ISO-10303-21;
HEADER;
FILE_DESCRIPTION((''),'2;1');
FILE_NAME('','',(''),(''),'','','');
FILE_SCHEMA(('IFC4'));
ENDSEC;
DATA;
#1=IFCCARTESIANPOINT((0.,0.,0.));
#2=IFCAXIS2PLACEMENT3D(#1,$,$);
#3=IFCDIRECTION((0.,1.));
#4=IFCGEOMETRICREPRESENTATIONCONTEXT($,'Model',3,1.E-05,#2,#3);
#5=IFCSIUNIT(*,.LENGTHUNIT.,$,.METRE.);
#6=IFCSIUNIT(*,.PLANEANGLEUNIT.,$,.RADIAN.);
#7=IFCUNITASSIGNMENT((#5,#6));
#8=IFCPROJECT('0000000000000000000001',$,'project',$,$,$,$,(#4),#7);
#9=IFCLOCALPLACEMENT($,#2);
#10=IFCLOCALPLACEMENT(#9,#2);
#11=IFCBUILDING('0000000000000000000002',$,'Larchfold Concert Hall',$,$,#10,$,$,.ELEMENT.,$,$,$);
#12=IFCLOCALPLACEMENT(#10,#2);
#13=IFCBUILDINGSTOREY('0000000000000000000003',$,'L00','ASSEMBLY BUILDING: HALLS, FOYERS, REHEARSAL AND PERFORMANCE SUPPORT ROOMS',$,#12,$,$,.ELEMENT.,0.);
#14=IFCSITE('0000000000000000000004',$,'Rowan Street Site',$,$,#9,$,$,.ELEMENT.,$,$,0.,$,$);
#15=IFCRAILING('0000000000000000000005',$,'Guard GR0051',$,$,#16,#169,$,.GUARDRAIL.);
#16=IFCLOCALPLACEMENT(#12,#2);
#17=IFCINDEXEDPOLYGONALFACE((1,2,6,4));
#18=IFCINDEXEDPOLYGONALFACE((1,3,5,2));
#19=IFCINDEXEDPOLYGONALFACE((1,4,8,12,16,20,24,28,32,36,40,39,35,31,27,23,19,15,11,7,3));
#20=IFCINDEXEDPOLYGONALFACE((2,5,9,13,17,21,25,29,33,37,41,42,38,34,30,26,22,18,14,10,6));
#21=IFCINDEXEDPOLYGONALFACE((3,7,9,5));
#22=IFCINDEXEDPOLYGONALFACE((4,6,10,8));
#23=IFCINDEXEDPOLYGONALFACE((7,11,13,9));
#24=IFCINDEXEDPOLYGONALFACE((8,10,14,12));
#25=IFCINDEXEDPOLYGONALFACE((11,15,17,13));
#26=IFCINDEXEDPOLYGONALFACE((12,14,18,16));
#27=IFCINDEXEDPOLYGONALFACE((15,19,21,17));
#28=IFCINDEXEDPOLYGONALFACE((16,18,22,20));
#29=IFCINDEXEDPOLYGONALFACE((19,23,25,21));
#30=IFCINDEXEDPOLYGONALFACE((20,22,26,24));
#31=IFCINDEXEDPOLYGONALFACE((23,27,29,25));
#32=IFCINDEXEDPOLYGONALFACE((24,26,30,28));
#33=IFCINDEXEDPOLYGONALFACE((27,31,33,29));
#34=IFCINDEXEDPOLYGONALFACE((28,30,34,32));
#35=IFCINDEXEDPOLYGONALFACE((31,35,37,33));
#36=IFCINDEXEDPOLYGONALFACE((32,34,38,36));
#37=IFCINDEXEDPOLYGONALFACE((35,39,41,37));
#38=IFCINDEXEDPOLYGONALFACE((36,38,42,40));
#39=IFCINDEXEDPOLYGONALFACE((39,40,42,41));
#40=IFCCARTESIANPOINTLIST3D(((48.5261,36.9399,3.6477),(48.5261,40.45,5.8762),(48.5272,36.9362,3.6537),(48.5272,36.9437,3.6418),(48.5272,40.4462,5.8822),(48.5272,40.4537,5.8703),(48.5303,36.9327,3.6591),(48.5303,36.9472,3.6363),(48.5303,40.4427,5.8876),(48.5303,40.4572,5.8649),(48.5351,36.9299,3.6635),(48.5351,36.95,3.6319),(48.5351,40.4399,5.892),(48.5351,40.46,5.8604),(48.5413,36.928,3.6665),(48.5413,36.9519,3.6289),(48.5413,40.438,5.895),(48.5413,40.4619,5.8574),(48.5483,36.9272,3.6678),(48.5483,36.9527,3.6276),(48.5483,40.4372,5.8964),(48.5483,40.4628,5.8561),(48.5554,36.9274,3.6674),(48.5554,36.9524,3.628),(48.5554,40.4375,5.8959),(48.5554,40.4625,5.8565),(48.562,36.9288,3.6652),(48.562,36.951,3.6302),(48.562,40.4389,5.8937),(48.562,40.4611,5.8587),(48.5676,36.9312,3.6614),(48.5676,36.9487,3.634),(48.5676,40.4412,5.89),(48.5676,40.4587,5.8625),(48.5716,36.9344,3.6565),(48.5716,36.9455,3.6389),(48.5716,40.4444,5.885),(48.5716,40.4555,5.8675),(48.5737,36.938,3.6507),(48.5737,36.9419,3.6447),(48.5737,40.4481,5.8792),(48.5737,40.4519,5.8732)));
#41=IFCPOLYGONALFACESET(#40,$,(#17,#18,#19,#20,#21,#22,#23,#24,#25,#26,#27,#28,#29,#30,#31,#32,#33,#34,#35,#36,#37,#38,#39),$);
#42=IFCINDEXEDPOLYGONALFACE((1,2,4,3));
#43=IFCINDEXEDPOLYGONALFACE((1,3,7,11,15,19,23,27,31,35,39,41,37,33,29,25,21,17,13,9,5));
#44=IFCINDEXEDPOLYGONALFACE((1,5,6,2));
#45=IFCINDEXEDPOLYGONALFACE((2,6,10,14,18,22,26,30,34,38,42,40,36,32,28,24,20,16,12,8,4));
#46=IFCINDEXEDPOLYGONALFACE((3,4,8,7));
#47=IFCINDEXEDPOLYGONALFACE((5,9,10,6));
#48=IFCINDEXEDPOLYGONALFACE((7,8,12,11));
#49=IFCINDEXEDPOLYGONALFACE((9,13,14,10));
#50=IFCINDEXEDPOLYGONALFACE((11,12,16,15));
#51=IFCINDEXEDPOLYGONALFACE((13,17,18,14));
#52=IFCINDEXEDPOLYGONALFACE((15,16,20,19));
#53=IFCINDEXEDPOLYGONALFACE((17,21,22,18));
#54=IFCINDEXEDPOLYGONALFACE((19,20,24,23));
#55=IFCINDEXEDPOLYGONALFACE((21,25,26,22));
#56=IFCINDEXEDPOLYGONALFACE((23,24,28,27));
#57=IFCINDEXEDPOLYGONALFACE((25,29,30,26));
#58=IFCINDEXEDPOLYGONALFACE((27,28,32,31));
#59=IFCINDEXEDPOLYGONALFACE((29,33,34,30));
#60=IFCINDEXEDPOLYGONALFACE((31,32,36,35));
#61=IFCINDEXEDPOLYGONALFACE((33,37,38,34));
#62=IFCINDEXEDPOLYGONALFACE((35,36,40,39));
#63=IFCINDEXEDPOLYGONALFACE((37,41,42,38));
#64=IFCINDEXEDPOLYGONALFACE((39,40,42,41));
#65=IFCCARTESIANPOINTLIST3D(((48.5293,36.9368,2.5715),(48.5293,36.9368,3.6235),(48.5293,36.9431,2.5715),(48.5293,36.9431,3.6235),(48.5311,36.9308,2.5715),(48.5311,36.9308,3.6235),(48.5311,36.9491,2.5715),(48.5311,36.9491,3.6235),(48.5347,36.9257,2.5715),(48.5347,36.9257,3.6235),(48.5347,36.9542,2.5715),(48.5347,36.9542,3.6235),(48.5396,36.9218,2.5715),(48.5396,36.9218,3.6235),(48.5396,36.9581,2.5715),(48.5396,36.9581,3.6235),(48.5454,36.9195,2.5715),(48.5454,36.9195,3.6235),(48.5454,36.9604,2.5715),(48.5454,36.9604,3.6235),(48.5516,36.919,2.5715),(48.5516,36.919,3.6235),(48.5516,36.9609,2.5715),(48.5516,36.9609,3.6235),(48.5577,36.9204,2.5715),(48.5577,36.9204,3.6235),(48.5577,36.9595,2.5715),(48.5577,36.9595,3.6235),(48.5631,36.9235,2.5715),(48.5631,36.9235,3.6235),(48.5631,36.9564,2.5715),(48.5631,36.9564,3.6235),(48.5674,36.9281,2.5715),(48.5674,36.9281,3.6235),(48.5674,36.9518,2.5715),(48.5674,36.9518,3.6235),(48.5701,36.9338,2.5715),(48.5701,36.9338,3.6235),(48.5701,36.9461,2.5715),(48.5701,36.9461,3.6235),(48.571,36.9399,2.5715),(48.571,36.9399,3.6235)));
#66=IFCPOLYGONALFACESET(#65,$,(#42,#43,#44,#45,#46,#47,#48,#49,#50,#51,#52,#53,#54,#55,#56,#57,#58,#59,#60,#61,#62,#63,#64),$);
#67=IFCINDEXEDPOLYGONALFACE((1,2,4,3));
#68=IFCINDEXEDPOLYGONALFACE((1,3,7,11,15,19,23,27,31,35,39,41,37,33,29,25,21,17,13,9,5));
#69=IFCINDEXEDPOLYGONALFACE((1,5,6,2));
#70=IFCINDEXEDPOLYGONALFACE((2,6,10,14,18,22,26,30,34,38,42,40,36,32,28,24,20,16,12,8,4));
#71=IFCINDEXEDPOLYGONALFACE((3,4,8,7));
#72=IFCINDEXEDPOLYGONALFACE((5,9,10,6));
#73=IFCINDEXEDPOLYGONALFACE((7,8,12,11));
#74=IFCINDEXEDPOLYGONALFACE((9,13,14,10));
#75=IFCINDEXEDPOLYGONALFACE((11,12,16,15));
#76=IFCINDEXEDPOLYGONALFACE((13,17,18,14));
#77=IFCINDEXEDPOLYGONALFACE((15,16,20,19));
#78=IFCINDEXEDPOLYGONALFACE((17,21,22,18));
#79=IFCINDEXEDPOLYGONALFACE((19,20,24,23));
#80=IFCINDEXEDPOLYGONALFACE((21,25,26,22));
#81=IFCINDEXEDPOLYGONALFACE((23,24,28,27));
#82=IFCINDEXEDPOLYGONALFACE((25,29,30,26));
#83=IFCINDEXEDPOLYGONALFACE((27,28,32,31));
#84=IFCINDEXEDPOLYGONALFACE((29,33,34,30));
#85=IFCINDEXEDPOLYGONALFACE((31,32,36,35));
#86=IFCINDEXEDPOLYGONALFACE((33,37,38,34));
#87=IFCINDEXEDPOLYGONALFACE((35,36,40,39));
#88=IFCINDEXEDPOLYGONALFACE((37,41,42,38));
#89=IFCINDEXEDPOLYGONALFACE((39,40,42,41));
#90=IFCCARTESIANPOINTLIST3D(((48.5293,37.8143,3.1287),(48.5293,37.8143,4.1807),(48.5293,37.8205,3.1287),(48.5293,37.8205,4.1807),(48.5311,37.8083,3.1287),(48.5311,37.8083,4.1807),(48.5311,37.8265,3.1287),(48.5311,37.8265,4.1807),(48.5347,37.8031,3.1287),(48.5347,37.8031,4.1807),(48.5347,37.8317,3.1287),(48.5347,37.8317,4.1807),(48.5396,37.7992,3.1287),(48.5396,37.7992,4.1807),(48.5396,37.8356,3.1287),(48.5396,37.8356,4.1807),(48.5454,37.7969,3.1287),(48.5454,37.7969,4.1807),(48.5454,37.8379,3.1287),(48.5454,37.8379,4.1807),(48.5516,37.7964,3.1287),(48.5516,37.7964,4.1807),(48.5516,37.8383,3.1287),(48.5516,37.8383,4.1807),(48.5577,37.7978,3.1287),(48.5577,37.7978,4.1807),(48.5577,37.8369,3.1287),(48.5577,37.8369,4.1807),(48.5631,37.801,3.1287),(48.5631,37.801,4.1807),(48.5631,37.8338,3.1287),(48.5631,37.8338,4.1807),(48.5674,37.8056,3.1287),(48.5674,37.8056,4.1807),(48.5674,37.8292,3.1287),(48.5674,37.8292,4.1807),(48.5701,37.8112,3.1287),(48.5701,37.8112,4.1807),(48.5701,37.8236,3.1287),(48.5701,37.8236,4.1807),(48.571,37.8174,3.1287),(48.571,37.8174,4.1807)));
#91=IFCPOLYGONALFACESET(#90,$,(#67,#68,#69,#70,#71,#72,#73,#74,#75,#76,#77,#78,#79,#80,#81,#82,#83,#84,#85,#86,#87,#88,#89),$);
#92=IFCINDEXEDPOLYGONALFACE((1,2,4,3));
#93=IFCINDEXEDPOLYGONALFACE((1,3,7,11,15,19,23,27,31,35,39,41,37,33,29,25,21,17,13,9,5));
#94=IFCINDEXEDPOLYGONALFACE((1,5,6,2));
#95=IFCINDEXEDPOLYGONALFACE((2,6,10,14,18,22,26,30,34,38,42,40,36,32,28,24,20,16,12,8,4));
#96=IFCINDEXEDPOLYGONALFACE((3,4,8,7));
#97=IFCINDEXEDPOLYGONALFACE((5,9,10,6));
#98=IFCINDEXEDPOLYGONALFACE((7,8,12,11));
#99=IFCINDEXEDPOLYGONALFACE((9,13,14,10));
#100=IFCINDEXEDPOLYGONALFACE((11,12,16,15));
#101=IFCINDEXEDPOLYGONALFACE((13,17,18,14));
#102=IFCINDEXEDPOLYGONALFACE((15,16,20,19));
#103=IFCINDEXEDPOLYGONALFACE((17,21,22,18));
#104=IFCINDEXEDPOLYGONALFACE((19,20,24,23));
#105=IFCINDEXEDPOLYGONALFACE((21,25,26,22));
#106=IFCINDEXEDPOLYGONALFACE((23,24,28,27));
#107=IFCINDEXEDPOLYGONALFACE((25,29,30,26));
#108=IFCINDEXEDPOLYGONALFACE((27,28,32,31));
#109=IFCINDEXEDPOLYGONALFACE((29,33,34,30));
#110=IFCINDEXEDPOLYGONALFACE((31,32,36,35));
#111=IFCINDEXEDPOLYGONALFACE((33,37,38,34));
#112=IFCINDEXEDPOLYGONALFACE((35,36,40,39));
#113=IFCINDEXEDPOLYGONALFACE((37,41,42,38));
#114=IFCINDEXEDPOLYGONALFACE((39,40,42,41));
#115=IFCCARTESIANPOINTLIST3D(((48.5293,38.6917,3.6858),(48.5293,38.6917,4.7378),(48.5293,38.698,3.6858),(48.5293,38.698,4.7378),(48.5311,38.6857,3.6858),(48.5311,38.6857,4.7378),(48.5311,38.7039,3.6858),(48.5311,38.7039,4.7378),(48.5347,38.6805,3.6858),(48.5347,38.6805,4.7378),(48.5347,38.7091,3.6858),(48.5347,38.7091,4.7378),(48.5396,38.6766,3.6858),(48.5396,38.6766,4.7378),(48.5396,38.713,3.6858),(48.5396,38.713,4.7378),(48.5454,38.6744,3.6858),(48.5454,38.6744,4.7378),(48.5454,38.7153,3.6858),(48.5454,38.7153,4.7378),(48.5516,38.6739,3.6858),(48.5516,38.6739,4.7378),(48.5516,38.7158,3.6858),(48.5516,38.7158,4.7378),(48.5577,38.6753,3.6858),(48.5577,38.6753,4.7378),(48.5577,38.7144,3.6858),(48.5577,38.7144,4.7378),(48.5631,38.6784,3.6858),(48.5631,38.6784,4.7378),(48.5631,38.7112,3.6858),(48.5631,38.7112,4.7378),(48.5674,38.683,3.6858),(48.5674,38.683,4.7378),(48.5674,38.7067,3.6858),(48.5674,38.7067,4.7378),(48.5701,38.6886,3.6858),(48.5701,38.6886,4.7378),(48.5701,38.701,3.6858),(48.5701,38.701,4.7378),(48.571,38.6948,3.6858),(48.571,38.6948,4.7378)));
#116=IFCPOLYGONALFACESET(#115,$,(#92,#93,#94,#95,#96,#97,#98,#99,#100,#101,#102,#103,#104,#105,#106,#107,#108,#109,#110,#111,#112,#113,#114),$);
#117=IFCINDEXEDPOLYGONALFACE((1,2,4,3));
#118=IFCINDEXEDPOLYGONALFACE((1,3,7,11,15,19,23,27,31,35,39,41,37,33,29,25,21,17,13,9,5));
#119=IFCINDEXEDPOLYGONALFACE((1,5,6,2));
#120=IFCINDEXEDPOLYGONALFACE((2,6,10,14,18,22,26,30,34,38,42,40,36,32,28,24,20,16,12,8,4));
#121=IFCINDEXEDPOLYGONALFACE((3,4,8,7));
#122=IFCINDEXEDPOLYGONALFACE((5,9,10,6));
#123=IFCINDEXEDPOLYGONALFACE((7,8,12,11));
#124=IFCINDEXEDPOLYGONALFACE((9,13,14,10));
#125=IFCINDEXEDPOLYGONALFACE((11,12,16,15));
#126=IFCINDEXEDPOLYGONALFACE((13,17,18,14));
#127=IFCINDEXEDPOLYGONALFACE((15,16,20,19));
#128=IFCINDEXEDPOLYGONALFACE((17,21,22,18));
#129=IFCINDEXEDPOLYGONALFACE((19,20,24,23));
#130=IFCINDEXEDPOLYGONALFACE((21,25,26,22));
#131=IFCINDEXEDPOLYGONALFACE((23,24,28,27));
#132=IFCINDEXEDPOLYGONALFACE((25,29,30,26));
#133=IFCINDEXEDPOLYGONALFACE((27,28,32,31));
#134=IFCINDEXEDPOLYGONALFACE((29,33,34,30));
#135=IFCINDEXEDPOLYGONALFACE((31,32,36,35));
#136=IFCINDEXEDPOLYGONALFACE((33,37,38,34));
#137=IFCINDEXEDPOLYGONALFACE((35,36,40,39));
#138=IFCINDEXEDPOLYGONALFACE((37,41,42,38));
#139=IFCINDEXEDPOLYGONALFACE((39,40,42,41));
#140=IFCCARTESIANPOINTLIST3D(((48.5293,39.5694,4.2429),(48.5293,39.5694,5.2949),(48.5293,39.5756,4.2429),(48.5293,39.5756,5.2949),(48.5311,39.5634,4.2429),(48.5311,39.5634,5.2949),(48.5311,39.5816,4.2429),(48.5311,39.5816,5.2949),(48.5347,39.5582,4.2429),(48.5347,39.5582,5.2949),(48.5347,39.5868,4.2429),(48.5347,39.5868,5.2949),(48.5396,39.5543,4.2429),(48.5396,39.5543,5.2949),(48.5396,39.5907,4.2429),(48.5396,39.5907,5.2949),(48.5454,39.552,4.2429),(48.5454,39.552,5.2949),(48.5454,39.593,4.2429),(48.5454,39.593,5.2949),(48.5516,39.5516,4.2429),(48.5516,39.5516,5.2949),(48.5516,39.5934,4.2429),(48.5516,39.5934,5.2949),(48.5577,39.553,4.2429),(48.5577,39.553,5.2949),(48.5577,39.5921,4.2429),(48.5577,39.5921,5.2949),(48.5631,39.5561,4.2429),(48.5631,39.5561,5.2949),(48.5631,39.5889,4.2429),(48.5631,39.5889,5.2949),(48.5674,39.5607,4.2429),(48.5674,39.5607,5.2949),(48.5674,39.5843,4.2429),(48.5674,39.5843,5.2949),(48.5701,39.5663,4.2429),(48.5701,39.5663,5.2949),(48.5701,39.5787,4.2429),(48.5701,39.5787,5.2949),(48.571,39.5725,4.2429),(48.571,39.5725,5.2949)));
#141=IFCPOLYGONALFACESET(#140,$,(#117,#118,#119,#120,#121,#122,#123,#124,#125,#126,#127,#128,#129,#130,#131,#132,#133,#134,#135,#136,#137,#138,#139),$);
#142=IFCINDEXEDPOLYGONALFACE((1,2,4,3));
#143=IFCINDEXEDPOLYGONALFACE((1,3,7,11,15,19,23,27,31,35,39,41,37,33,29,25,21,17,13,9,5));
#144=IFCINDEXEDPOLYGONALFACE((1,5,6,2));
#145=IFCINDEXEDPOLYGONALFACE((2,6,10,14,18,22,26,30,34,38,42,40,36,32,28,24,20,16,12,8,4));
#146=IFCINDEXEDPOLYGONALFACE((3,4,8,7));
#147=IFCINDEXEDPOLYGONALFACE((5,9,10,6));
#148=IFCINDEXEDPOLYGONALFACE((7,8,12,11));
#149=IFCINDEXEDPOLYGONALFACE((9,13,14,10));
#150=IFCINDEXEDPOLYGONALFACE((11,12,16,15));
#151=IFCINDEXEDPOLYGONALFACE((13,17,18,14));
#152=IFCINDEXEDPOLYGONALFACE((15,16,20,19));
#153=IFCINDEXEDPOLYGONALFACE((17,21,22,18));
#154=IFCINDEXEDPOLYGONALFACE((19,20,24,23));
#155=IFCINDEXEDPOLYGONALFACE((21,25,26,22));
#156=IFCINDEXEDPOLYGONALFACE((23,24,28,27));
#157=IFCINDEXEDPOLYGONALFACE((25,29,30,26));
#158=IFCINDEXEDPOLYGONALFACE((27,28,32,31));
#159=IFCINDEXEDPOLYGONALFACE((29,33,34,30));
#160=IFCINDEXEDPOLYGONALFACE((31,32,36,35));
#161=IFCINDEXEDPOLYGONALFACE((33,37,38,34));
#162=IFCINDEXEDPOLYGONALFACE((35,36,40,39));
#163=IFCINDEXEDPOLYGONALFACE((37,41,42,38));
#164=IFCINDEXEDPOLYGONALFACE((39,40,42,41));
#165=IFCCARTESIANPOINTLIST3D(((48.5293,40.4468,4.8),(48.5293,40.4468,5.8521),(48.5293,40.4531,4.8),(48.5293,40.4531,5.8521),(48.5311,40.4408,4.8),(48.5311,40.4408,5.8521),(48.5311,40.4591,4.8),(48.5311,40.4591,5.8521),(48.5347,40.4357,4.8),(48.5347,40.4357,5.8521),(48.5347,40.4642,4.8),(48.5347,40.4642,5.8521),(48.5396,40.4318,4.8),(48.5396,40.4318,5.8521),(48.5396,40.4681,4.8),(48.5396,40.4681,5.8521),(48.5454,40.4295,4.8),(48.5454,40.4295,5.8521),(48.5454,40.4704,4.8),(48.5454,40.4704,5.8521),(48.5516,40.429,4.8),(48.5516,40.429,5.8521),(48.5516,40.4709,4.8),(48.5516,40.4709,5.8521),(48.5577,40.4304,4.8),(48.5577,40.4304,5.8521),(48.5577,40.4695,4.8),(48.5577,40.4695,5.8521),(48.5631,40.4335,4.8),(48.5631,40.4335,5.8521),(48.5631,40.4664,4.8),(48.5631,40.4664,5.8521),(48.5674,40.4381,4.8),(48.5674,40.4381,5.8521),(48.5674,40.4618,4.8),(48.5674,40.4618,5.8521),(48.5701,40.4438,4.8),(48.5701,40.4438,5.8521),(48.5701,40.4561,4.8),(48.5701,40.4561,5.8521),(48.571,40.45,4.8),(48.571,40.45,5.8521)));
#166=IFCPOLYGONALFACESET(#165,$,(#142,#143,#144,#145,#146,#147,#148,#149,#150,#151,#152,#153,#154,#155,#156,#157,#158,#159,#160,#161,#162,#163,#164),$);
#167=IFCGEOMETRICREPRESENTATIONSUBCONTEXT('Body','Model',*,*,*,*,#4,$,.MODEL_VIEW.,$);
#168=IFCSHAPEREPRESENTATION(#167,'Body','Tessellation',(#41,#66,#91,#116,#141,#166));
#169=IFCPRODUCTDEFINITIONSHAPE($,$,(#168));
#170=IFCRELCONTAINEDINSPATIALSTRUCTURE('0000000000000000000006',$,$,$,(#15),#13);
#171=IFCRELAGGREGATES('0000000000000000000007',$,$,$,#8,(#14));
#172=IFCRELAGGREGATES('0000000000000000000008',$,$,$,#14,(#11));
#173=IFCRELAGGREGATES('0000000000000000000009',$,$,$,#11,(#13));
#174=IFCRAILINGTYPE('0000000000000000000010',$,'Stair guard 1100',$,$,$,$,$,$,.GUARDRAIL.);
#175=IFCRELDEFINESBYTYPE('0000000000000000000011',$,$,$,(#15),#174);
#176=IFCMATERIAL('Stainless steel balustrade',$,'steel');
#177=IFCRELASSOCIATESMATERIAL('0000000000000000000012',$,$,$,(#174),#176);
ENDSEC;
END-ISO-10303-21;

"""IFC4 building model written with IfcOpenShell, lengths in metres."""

from ifc_helpers import new_model, si_unit, direction, frame, origin, origin_2d, place, context, subcontext, project, spatial, circle, extrude, material, type_object, element, save


model = new_model("IFC4")

# Units and contexts
model_context = context("Model", 3, precision=1e-05, world=origin(), true_north=direction((0.0, 1.0)))
body_context = subcontext(model_context, "Body", "Model", "MODEL_VIEW")
ifc_project = project(units=[si_unit("LENGTHUNIT", "METRE"), si_unit("PLANEANGLEUNIT", "RADIAN")], contexts=[model_context])

# Site, building, storey
site_placement = place(None, origin())
site = spatial("IfcSite", under=ifc_project, at=site_placement, Name="Rowan Street Site", CompositionType="ELEMENT", RefElevation=0.0)
building_placement = place(site_placement, origin())
building = spatial("IfcBuilding", under=site, at=building_placement, Name="Larchfold Concert Hall", CompositionType="ELEMENT")
storey_placement = place(building_placement, origin())
storey = spatial("IfcBuildingStorey", under=building, at=storey_placement, Name="L00", Description="ASSEMBLY BUILDING: HALLS, FOYERS, REHEARSAL AND PERFORMANCE SUPPORT ROOMS", CompositionType="ELEMENT", Elevation=0.0)

# Railing
ifc_material_1 = material(Name="Stainless steel balustrade", Category="steel")
railing_type_1 = type_object("IfcRailingType", Name="Stair guard 1100", PredefinedType="GUARDRAIL", material=ifc_material_1)
railing_1_placement = place(storey_placement, frame((48.55, 36.9399, 2.5715)))
element("IfcRailing", 1, at=railing_1_placement, inside=storey, type_object=railing_type_1, Name="Guard GR0051", PredefinedType="GUARDRAIL", context=body_context, shape_type="SweptSolid", body=[
    extrude(circle(Radius=0.0239, at=origin_2d()), frame((0.0, 0.0, 1.0762), z_axis=(0.0, 0.84422, 0.535998), x_axis=(-1.0, 0.0, 0.0)), (0.0, 0.0, 1.0), 4.1577),
    extrude(circle(Radius=0.021, at=origin_2d()), origin(), (0.0, 0.0, 1.0), 1.052),
    extrude(circle(Radius=0.021, at=origin_2d()), frame((0.0, 0.8774, 0.5571)), (0.0, 0.0, 1.0), 1.052),
    extrude(circle(Radius=0.021, at=origin_2d()), frame((0.0, 1.7549, 1.1143)), (0.0, 0.0, 1.0), 1.052),
    extrude(circle(Radius=0.021, at=origin_2d()), frame((0.0, 2.6326, 1.6714)), (0.0, 0.0, 1.0), 1.052),
    extrude(circle(Radius=0.021, at=origin_2d()), frame((0.0, 3.51, 2.2285)), (0.0, 0.0, 1.0), 1.052),
])

save(model, "model.ifc")
